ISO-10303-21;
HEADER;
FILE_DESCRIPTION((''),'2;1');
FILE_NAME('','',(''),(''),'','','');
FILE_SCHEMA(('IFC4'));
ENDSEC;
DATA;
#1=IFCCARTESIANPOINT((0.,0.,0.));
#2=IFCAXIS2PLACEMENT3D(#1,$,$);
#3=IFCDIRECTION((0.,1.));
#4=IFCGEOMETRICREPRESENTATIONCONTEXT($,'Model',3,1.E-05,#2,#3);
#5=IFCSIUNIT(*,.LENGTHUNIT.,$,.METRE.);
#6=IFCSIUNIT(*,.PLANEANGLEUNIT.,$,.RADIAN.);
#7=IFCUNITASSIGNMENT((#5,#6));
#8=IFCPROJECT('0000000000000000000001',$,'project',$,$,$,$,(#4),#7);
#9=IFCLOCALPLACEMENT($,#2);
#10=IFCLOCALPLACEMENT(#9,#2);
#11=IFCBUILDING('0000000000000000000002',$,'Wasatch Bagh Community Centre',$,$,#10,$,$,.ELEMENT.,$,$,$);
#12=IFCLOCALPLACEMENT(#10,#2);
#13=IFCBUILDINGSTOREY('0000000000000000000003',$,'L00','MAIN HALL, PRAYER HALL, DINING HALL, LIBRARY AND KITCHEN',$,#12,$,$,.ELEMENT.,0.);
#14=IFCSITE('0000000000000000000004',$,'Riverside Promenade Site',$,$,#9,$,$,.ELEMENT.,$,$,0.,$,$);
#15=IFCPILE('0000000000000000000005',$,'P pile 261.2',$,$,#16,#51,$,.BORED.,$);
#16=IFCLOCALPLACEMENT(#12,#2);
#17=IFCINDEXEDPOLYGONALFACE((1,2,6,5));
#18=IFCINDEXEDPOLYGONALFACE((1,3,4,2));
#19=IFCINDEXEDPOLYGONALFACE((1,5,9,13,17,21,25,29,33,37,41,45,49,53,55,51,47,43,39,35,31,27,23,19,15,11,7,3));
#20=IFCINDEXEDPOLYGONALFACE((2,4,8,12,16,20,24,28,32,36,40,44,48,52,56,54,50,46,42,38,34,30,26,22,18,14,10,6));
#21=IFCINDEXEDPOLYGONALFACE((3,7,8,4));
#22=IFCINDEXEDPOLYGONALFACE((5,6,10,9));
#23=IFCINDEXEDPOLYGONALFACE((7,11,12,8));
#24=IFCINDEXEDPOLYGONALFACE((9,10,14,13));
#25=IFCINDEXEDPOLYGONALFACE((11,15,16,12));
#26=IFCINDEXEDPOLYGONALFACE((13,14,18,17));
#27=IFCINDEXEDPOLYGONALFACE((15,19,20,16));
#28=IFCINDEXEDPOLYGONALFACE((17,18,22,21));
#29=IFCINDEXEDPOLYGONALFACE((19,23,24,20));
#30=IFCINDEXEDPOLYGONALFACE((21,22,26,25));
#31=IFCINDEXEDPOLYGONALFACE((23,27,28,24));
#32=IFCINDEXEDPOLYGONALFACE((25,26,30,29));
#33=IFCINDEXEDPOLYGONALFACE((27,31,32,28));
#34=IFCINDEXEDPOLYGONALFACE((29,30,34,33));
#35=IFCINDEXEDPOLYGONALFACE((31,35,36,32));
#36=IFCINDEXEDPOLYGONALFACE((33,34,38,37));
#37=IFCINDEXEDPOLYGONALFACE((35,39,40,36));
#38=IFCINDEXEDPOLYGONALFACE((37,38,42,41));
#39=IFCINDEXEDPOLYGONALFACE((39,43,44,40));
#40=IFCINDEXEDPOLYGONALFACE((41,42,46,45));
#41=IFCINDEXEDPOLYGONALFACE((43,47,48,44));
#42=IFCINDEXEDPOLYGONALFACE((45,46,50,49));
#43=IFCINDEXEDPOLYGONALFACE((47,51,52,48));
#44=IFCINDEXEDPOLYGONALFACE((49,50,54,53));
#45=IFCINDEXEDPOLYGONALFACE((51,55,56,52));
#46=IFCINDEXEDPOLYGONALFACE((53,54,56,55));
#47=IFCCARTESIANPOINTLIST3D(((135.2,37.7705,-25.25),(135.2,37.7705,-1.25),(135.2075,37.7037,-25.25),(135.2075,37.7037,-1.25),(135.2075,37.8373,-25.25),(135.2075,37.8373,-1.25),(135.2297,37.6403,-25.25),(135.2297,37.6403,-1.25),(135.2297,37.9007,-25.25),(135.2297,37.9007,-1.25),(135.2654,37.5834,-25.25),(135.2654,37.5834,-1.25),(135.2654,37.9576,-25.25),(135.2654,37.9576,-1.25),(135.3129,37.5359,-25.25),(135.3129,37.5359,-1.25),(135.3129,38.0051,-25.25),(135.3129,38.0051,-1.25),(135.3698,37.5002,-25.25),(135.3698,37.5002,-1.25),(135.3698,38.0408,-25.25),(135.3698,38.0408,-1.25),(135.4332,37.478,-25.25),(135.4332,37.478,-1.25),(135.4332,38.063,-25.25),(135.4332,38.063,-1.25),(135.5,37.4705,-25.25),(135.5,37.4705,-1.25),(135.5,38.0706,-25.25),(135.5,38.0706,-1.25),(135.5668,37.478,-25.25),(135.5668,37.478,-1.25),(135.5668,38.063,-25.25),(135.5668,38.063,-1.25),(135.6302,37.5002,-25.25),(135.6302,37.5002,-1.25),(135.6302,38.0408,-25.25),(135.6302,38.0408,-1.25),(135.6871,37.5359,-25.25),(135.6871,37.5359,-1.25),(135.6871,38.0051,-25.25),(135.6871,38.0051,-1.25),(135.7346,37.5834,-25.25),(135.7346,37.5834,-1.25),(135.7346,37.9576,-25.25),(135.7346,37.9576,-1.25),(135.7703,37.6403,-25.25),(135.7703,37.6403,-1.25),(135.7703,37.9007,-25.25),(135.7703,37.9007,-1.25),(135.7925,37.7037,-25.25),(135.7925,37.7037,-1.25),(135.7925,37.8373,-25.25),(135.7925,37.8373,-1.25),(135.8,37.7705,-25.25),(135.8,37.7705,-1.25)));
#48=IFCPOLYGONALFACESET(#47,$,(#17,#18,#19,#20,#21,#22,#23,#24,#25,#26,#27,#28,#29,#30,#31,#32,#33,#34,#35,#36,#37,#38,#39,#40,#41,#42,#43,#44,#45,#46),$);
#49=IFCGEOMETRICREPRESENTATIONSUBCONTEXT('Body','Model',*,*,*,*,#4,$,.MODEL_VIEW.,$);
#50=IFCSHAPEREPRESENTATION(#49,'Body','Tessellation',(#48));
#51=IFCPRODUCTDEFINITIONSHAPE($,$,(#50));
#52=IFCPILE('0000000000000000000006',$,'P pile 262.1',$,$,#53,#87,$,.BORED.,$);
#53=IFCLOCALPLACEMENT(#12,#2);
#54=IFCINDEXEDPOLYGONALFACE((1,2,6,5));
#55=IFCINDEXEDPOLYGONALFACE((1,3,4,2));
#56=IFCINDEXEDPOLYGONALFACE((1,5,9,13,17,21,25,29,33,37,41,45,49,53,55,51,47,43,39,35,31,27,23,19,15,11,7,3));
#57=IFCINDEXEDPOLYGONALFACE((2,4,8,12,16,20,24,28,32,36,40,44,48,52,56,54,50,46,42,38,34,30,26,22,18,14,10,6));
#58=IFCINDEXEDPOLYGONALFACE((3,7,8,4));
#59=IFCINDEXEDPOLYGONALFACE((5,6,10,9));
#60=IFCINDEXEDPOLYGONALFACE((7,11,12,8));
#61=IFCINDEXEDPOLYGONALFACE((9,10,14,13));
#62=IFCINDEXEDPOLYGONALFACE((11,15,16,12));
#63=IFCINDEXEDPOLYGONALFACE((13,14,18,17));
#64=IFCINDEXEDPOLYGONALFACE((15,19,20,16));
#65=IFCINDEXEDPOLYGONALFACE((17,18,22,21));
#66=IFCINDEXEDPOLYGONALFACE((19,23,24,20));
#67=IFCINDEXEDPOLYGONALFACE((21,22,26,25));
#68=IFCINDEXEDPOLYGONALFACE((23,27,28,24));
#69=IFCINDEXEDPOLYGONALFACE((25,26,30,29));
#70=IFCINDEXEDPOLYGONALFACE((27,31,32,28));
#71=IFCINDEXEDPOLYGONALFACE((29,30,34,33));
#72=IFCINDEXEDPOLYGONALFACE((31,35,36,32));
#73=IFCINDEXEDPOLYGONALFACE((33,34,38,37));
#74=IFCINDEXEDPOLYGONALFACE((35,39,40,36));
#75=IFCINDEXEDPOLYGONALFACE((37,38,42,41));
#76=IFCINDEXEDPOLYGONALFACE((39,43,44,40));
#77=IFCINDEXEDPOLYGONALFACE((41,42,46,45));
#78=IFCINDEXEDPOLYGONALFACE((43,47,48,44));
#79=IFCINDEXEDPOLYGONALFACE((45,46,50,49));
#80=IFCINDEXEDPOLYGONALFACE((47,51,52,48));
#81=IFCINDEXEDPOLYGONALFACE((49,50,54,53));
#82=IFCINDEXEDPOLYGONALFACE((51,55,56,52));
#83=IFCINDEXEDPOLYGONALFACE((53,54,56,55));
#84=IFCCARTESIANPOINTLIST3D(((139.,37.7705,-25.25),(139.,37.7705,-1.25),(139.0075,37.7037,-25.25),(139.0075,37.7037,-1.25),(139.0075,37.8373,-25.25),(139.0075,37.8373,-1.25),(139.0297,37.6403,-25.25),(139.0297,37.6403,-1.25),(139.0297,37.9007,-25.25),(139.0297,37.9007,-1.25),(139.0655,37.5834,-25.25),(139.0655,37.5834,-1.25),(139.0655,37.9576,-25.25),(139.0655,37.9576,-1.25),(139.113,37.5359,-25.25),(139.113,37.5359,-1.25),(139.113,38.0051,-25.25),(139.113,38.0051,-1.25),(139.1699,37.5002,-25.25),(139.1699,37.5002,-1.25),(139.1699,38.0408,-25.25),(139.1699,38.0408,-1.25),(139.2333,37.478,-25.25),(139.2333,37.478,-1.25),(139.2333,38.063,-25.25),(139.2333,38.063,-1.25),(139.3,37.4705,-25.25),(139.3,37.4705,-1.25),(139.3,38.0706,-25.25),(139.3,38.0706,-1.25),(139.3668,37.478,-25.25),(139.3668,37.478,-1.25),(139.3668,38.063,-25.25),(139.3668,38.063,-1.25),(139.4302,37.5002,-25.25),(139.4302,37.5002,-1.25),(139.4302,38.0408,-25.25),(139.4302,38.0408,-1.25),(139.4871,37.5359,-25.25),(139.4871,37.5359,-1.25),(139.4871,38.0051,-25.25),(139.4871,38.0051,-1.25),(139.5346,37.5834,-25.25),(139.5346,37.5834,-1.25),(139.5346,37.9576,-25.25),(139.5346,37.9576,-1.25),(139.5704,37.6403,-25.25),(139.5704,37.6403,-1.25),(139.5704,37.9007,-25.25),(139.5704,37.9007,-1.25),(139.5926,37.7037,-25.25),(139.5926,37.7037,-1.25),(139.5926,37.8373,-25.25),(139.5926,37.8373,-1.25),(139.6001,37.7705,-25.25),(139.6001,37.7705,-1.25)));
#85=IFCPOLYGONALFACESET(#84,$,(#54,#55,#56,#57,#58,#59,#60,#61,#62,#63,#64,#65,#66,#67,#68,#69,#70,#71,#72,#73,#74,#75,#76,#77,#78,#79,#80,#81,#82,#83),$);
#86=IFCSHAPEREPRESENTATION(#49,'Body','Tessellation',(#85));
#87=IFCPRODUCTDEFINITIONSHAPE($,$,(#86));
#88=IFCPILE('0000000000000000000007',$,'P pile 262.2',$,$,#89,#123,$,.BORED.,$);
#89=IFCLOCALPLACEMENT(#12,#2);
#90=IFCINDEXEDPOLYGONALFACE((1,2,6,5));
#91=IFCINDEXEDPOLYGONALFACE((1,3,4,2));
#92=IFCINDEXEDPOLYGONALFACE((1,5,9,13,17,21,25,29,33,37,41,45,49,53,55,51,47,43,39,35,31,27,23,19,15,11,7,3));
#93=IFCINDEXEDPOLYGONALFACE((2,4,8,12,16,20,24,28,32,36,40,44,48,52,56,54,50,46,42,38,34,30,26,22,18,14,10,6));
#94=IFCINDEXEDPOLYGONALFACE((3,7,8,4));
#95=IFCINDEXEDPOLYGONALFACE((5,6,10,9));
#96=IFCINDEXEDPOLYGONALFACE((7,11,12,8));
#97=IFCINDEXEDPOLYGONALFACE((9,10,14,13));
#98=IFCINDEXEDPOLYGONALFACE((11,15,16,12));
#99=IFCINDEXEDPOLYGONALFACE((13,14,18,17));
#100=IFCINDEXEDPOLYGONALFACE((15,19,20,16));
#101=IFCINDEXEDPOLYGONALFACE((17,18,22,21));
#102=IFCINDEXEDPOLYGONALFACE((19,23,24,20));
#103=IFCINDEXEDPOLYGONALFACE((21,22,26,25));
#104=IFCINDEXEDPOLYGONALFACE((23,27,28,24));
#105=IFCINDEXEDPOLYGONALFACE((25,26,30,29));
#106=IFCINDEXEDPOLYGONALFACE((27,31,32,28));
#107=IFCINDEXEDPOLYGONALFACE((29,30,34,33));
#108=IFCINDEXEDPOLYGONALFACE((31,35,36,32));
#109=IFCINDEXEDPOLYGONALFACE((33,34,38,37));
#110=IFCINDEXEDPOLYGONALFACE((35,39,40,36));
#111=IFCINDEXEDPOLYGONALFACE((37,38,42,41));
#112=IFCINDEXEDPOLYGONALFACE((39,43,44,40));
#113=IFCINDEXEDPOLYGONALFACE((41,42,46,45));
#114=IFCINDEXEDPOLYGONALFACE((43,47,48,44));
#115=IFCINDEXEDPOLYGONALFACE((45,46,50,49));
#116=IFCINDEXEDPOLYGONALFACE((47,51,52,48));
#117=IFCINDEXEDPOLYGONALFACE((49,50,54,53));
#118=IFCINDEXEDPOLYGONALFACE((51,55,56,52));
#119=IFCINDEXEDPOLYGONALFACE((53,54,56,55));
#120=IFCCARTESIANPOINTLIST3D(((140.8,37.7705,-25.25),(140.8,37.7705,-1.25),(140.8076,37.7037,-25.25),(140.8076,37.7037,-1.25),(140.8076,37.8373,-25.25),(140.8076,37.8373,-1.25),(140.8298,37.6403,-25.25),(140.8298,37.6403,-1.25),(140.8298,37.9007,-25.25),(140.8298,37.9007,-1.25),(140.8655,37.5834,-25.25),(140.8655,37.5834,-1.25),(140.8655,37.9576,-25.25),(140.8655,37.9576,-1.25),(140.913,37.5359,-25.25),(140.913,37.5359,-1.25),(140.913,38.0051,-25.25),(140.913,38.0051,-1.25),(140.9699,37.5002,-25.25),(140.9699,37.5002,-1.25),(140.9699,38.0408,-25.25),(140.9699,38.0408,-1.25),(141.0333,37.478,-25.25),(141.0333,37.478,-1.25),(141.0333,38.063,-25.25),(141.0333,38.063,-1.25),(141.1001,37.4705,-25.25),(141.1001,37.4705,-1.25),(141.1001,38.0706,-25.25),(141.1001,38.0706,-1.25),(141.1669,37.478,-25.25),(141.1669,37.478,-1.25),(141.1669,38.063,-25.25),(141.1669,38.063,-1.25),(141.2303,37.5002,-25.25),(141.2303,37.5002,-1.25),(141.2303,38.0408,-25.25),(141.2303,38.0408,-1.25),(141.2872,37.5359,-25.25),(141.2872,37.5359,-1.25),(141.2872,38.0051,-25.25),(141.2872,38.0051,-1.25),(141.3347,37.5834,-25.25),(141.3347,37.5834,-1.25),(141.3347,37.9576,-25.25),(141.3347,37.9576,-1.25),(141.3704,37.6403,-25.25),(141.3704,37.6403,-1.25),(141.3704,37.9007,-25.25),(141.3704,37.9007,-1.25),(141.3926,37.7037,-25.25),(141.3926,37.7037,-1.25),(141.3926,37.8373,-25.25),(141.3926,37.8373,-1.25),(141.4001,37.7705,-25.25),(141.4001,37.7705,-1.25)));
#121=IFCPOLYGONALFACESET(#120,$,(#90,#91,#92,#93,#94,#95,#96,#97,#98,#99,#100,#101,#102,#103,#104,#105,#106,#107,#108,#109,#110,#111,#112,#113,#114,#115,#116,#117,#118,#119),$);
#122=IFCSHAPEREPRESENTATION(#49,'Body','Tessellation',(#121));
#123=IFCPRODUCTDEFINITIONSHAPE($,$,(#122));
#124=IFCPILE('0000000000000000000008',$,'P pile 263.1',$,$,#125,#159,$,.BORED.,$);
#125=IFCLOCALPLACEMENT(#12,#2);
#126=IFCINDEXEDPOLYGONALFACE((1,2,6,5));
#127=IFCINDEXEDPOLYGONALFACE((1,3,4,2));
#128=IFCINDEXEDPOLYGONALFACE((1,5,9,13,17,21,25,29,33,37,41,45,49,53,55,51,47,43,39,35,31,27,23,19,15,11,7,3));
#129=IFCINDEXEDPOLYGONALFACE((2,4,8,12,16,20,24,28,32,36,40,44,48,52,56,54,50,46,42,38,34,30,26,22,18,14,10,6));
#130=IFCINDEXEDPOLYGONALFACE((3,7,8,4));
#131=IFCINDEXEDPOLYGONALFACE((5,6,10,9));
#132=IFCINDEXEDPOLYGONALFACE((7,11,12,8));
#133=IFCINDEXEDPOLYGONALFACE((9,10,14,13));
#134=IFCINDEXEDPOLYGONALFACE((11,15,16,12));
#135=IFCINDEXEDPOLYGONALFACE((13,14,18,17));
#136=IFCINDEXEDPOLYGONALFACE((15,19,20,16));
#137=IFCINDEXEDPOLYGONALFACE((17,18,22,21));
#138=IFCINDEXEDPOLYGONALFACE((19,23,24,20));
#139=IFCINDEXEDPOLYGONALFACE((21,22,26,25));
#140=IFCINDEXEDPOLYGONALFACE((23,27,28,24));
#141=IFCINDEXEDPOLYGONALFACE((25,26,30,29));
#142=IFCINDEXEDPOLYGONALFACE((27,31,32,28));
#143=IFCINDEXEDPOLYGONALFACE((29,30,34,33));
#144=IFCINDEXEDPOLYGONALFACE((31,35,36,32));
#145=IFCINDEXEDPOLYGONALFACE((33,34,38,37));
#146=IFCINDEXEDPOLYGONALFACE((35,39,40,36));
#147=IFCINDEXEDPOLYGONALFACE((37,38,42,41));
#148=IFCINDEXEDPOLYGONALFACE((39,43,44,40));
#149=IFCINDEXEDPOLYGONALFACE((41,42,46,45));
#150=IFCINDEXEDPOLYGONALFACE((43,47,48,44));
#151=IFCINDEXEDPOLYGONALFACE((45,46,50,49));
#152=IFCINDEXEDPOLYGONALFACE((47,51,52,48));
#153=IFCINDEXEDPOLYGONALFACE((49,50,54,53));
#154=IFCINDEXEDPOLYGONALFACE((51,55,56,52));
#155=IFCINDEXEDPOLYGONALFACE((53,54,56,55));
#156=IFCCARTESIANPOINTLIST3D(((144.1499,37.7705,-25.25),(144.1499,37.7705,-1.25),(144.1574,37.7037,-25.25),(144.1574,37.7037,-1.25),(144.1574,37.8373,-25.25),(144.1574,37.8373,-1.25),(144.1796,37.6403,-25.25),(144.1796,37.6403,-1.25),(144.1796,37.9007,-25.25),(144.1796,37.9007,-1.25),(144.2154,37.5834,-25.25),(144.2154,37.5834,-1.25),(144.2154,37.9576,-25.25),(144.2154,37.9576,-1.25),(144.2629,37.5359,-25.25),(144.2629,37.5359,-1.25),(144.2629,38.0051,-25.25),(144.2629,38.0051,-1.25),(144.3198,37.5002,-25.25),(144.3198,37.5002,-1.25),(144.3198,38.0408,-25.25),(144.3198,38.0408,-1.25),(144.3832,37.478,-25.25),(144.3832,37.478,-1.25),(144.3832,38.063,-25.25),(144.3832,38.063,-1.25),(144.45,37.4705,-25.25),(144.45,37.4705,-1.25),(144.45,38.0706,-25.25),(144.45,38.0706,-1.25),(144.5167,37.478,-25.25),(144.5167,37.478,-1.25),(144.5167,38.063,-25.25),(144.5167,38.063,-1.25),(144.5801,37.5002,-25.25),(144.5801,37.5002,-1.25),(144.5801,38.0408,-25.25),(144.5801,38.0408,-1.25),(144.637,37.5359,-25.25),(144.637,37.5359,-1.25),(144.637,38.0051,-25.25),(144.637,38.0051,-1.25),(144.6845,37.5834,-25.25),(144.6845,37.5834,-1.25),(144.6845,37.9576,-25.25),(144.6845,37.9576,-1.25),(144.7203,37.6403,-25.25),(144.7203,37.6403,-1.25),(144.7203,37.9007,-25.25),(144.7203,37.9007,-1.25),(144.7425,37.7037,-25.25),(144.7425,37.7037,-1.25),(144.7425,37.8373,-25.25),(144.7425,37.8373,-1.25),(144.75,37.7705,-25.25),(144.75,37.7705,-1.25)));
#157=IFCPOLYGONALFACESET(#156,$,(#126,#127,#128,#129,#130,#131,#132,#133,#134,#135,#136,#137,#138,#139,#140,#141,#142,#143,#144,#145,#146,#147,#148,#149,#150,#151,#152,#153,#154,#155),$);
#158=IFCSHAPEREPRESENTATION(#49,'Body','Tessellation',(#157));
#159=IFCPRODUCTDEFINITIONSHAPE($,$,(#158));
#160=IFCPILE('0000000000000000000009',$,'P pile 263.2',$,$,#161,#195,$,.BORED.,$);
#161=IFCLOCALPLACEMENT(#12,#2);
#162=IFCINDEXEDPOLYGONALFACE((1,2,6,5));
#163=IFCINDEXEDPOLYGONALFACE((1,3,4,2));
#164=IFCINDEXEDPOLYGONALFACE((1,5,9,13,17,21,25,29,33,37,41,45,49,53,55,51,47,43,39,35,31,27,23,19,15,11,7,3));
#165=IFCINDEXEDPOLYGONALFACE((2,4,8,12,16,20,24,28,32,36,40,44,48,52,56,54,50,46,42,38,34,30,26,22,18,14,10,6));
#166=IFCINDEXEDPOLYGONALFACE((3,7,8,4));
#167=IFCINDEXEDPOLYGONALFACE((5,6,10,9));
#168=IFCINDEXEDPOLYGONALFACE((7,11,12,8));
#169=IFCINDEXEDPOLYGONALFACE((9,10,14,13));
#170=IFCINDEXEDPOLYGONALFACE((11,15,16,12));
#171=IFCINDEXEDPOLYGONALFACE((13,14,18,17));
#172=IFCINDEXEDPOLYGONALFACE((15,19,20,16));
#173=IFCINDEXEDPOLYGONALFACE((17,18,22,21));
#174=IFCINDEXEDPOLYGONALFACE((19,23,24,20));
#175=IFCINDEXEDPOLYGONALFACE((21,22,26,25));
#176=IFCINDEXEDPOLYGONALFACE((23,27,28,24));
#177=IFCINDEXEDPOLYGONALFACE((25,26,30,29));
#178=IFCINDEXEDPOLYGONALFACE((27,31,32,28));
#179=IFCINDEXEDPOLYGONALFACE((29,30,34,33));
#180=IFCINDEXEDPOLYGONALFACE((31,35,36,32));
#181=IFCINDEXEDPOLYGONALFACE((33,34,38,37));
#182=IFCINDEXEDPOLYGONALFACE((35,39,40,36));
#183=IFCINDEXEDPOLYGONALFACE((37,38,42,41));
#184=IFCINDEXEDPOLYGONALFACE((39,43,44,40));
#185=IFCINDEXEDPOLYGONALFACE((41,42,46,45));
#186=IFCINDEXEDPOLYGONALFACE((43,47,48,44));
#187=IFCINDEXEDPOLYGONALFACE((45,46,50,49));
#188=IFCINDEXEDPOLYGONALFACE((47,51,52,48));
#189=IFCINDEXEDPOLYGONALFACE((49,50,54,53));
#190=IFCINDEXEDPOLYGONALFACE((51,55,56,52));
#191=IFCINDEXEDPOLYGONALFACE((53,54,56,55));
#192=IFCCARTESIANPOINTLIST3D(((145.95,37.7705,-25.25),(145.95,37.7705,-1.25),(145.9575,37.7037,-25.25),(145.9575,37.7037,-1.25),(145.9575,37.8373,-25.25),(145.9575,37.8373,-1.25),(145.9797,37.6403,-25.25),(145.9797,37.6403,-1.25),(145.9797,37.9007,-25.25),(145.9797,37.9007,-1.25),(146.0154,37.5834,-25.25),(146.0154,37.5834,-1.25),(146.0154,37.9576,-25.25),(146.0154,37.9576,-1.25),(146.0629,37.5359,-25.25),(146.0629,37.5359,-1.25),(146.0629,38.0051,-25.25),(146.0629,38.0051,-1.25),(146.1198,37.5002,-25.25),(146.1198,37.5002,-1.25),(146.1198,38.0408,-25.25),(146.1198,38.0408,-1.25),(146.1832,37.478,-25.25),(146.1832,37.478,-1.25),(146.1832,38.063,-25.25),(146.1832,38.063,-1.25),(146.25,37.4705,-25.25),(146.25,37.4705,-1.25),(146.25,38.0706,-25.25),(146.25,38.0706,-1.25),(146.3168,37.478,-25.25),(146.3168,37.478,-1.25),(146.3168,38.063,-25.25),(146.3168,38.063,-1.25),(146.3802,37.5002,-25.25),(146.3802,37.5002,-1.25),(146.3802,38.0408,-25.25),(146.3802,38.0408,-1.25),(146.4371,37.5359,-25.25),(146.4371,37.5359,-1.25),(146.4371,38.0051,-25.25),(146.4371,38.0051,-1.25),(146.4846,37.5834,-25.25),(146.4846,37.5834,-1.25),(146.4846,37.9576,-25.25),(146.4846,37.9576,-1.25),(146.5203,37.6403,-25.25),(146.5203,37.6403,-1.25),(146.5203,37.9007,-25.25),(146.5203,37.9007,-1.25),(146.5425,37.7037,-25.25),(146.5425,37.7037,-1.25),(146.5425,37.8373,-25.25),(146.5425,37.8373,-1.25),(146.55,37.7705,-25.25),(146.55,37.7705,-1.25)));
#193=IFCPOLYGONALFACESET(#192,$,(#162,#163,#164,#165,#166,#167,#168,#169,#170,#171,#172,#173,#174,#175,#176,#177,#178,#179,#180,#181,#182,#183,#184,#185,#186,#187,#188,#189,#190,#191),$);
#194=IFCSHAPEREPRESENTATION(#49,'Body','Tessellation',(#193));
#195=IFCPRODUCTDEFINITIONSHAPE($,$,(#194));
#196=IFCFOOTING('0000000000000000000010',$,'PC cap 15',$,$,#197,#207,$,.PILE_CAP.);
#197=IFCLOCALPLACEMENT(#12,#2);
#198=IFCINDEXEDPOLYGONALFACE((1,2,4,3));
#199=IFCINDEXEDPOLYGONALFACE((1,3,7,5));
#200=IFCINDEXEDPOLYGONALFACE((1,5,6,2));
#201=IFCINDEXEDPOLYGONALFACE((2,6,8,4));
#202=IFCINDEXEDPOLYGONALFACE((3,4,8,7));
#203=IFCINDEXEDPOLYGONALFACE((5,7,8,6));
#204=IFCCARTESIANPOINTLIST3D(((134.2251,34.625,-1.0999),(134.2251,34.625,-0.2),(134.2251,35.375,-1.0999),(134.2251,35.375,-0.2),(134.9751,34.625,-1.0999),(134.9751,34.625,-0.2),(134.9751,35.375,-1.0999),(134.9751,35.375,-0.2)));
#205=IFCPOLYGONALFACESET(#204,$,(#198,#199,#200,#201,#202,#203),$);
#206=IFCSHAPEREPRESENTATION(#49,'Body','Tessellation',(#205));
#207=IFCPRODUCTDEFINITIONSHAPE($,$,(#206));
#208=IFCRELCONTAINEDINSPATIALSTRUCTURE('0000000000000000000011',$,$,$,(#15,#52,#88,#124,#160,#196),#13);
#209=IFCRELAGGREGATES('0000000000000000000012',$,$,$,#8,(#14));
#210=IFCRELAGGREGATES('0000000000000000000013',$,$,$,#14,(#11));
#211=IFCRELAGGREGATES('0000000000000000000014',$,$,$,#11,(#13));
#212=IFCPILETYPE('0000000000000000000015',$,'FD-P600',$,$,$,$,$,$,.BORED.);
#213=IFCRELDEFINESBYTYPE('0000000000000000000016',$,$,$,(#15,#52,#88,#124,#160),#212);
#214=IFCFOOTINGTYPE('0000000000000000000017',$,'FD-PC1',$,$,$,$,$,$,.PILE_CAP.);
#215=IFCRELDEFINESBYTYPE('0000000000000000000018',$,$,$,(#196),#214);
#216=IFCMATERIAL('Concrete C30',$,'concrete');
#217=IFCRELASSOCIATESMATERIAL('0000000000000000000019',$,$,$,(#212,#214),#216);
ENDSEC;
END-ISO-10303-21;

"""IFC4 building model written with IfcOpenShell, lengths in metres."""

from ifc_helpers import new_model, si_unit, direction, frame, origin, origin_2d, place, context, subcontext, project, spatial, rectangle, circle, extrude, material, material_profile, profile_set, type_object, element, save


model = new_model("IFC4")

# Units and contexts
model_context = context("Model", 3, precision=1e-05, world=origin(), true_north=direction((0.0, 1.0)))
body_context = subcontext(model_context, "Body", "Model", "MODEL_VIEW")
ifc_project = project(units=[si_unit("LENGTHUNIT", "METRE"), si_unit("PLANEANGLEUNIT", "RADIAN")], contexts=[model_context])

# Site, building, storey
site_placement = place(None, origin())
site = spatial("IfcSite", under=ifc_project, at=site_placement, Name="Riverside Promenade Site", CompositionType="ELEMENT", RefElevation=0.0)
building_placement = place(site_placement, origin())
building = spatial("IfcBuilding", under=site, at=building_placement, Name="Wasatch Bagh Community Centre", CompositionType="ELEMENT")
storey_placement = place(building_placement, origin())
storey = spatial("IfcBuildingStorey", under=building, at=storey_placement, Name="L00", Description="MAIN HALL, PRAYER HALL, DINING HALL, LIBRARY AND KITCHEN", CompositionType="ELEMENT", Elevation=0.0)

# Piles
ifc_material_1 = material(Name="Concrete C30", Category="concrete")
ifc_material_profile_1 = material_profile(ifc_material_1, circle(Radius=0.3, at=origin_2d()), Name="RC D600")
ifc_profile_set_1 = profile_set([ifc_material_profile_1], Name="Concrete C30")
pile_type_1 = type_object("IfcPileType", Name="FD-P600", PredefinedType="BORED", material=ifc_profile_set_1)
for number, where, z_axis, x_axis, name in (
    (1, (135.5, 37.7705, -1.25), (0.0, 0.0, -1.0), (1.0, 0.0, 0.0), "P pile 261.2"),
    (2, (139.3, 37.7705, -1.25), (0.0, 0.0, -1.0), (1.0, 0.0, 0.0), "P pile 262.1"),
    (3, (141.1001, 37.7705, -1.25), (0.0, 0.0, -1.0), (1.0, 0.0, 0.0), "P pile 262.2"),
    (4, (144.45, 37.7705, -1.25), (0.0, 0.0, -1.0), (1.0, 0.0, 0.0), "P pile 263.1"),
    (5, (146.25, 37.7705, -1.25), (0.0, 0.0, -1.0), (1.0, 0.0, 0.0), "P pile 263.2"),
):
    element("IfcPile", number, at=place(storey_placement, frame(where, z_axis=z_axis, x_axis=x_axis)), inside=storey, type_object=pile_type_1, Name=name, PredefinedType="BORED", context=body_context, shape_type="SweptSolid", body=[
        extrude(circle(Radius=0.3, at=origin_2d()), origin(), (0.0, 0.0, 1.0), 24.0),
    ])

# Footing
footing_type = type_object("IfcFootingType", Name="FD-PC1", PredefinedType="PILE_CAP", material=ifc_material_1)
footing_placement = place(storey_placement, frame((134.6001, 35.0, -1.0999), z_axis=(0.0, 0.0, 1.0), x_axis=(1.0, 0.0, 0.0)))
element("IfcFooting", 6, at=footing_placement, inside=storey, type_object=footing_type, Name="PC cap 15", PredefinedType="PILE_CAP", context=body_context, shape_type="SweptSolid", body=[
    extrude(rectangle(XDim=0.75, YDim=0.75, at=origin_2d()), origin(), (0.0, 0.0, 1.0), 0.8999),
])

save(model, "model.ifc")
